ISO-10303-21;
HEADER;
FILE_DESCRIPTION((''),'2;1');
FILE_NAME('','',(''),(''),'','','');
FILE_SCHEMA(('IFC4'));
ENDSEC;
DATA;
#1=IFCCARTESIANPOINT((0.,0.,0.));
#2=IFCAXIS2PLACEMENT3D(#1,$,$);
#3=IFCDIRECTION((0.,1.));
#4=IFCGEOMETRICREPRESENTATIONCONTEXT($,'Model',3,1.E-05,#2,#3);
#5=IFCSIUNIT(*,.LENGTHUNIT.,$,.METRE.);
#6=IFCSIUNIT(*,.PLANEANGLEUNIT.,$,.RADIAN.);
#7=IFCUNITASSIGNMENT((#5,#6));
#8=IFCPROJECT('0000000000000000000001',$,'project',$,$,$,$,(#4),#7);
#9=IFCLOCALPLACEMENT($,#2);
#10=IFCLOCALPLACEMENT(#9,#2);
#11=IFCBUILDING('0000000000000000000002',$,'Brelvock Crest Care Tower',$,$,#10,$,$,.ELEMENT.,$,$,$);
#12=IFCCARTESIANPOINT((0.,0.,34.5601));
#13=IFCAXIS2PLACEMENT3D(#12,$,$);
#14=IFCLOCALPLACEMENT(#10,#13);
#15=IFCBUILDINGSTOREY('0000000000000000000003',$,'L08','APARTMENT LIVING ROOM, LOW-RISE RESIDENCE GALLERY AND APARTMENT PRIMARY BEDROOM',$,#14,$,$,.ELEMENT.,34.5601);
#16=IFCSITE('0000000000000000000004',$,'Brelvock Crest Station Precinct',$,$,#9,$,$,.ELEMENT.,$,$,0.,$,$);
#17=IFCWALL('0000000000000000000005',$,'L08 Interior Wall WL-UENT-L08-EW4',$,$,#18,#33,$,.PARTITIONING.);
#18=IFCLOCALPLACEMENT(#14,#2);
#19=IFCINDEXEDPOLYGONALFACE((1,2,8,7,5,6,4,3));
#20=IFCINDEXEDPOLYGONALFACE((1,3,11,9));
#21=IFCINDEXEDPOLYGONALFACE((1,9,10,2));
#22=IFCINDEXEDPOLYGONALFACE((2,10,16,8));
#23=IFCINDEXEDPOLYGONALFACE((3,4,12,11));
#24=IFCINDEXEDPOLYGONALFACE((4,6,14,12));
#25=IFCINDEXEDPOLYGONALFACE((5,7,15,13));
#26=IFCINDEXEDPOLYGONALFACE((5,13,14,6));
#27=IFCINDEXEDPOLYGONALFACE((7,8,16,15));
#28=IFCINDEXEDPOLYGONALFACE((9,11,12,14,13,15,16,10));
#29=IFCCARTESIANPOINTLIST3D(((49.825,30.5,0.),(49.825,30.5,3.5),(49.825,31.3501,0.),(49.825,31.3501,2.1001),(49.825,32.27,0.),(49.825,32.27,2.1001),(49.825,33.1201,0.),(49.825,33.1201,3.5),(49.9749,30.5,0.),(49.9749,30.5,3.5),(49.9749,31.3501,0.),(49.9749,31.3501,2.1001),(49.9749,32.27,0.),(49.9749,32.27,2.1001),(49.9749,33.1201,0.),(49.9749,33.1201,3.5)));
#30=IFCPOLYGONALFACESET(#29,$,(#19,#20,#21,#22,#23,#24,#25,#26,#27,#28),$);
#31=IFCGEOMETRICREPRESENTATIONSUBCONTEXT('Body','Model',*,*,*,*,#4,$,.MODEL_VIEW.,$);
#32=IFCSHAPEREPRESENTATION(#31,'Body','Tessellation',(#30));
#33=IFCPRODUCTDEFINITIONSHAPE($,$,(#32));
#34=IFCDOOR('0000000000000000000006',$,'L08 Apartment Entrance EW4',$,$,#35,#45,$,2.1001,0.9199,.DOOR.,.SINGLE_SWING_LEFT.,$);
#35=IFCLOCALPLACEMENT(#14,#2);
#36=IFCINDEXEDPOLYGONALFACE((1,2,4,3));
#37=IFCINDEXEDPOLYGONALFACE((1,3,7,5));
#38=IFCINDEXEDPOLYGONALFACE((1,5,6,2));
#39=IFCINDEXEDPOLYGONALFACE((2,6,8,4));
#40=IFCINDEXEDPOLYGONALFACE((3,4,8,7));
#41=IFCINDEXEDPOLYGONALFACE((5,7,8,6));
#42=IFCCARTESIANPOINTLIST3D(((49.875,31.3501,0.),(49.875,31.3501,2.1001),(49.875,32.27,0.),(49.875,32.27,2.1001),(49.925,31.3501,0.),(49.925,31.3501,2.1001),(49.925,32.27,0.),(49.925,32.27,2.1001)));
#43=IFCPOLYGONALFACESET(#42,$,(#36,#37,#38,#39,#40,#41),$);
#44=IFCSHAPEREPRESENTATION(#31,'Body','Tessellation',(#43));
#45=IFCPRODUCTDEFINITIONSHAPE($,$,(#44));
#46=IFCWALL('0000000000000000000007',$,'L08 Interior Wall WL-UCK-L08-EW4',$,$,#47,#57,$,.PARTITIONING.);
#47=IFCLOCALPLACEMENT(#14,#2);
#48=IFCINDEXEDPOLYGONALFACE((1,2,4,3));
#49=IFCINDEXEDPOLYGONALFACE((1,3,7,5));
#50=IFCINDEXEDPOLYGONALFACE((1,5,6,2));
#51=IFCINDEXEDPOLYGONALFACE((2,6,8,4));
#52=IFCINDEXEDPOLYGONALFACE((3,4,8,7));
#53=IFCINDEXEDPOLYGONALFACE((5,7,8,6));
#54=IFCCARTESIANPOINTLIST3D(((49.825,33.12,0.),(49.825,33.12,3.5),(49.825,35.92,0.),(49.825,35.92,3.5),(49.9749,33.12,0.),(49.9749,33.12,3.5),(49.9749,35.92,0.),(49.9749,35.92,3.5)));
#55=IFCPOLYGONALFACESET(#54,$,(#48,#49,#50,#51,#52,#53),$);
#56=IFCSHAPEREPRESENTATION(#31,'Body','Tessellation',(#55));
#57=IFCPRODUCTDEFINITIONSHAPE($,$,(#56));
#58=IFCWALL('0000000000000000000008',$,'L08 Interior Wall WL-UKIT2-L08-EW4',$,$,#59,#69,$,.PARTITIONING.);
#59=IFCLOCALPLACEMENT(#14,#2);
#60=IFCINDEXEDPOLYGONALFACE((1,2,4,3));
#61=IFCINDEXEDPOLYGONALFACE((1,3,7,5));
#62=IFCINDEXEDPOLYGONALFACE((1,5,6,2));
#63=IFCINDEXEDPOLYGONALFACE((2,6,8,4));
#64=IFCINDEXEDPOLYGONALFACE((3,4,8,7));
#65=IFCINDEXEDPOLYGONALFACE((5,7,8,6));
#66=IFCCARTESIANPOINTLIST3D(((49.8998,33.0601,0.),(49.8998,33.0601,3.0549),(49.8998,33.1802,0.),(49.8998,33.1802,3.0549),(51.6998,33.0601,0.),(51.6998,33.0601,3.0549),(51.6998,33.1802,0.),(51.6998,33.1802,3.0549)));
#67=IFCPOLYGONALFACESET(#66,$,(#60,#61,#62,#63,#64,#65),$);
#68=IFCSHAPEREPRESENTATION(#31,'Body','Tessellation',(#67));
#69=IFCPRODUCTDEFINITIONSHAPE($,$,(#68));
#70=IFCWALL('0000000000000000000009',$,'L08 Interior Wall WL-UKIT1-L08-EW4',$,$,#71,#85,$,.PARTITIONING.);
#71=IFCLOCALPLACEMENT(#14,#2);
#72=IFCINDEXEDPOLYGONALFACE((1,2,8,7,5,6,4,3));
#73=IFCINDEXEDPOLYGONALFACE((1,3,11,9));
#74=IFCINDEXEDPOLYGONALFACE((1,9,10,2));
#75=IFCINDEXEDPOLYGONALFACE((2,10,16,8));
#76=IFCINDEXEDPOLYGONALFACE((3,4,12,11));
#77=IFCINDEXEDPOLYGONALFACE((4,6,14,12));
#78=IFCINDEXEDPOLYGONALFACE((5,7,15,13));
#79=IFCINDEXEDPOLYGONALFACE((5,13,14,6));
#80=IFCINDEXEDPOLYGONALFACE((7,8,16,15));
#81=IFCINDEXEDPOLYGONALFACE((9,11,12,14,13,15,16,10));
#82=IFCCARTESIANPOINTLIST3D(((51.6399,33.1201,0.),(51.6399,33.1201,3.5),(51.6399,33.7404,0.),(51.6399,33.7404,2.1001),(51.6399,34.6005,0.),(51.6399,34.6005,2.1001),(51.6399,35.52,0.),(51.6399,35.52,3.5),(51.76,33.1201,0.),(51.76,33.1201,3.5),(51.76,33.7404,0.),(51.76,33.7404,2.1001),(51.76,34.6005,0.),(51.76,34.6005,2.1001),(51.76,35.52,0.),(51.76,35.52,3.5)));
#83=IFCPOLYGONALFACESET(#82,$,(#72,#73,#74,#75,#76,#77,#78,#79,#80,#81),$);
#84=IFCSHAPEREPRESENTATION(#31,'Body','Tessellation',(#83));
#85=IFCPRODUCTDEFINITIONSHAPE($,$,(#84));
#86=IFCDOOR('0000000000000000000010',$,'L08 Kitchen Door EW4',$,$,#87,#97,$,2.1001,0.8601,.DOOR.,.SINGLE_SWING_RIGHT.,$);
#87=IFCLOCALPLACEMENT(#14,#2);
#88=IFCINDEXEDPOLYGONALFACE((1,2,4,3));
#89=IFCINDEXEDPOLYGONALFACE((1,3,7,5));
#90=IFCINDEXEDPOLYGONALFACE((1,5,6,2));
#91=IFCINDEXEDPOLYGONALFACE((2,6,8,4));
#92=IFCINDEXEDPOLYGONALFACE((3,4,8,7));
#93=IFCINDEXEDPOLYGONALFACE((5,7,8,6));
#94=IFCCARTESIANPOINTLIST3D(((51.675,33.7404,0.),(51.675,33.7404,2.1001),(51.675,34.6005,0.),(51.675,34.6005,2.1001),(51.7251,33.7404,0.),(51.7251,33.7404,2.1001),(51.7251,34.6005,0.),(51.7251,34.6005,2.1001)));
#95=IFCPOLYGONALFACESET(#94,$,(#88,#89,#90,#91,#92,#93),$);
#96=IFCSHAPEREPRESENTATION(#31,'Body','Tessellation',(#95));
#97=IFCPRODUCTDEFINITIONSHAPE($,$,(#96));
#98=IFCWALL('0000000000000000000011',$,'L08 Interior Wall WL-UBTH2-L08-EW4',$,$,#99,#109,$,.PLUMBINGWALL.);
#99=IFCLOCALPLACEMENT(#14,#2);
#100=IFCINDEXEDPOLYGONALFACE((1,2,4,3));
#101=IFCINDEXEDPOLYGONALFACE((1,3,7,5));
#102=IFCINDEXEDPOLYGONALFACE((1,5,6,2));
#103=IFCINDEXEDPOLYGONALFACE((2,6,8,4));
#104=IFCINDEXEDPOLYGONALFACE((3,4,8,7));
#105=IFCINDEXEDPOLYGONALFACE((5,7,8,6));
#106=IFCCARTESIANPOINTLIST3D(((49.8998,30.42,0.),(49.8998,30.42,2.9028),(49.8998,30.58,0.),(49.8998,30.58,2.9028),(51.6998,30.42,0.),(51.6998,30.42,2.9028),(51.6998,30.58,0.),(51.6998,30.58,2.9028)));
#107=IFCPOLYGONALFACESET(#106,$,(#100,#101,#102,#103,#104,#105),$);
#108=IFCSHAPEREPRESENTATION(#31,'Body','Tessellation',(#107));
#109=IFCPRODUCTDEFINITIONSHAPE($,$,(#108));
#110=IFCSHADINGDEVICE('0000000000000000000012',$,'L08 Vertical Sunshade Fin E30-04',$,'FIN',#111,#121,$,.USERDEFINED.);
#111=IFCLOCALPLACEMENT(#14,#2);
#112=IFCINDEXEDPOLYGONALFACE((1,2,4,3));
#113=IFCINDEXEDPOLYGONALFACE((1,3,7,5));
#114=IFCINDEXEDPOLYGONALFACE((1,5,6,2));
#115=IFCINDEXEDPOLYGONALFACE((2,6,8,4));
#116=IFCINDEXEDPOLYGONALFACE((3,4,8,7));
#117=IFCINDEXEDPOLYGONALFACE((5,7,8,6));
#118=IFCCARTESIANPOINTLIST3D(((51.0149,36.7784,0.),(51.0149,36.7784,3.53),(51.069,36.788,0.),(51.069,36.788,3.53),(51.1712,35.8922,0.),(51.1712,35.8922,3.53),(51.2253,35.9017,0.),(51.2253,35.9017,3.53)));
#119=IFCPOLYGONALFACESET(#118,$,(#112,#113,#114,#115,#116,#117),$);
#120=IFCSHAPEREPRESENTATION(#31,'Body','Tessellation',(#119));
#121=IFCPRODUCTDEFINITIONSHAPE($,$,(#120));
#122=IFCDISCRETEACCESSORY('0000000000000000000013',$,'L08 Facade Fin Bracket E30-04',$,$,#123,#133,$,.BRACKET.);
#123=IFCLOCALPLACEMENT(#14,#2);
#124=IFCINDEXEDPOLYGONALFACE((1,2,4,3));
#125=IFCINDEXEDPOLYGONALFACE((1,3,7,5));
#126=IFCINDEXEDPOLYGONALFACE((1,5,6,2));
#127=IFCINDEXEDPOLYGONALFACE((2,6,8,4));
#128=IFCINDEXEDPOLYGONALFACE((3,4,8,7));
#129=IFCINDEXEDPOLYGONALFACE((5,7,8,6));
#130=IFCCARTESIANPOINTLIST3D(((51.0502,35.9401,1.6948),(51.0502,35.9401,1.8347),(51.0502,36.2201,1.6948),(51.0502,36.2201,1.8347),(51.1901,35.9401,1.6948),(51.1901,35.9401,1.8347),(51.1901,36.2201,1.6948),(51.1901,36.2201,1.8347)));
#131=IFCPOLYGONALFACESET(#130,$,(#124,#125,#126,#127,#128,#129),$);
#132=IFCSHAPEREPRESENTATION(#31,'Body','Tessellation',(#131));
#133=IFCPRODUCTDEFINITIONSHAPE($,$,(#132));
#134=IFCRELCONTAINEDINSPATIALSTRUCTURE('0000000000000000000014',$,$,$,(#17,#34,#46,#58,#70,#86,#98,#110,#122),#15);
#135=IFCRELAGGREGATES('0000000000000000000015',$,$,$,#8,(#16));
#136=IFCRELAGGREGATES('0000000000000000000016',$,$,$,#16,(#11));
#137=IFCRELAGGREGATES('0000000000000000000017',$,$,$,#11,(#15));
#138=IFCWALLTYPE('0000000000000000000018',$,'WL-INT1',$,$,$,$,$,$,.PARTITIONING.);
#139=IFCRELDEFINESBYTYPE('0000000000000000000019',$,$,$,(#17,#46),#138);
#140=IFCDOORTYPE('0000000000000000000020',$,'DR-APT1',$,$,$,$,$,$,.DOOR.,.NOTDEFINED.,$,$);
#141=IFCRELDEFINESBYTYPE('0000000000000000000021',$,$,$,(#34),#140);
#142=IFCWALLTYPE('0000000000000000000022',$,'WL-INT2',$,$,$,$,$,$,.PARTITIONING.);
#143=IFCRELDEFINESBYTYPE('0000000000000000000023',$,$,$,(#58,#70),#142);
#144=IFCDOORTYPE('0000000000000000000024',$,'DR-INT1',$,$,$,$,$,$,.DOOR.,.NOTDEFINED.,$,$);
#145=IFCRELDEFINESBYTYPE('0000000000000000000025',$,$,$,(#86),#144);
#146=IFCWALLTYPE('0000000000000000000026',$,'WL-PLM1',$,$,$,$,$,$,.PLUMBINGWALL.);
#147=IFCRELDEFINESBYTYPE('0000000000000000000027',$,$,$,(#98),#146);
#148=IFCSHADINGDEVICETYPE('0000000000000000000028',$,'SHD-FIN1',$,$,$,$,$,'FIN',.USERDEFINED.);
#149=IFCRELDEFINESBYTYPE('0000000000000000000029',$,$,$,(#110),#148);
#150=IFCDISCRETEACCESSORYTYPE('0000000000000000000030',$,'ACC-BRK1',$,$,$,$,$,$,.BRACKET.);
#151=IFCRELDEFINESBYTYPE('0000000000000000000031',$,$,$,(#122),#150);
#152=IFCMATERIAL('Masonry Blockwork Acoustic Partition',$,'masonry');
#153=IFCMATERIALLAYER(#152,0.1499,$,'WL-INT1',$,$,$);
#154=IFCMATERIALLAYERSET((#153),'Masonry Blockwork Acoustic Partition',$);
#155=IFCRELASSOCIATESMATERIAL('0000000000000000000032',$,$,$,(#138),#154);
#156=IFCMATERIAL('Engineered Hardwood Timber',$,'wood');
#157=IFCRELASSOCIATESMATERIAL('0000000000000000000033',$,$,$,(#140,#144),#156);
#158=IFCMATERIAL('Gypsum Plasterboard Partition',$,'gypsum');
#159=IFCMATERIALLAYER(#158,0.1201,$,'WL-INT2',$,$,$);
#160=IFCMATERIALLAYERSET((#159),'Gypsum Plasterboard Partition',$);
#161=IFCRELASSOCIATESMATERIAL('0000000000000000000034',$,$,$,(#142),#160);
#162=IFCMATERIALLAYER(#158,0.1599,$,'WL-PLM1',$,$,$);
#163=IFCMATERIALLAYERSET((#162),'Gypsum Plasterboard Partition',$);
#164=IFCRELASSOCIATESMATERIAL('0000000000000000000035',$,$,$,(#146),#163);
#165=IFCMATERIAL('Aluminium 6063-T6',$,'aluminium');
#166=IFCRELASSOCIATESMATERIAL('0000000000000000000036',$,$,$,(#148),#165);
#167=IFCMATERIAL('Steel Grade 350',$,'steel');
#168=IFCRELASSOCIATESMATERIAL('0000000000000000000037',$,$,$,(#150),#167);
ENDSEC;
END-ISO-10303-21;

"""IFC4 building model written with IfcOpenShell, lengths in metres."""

from ifc_helpers import new_model, si_unit, direction, frame, frame_2d, origin, origin_2d, place, context, subcontext, project, spatial, rectangle, extrude, source, transform, mapped, material, layer, layer_set, material_profile, profile_set, type_object, element, fill, save


model = new_model("IFC4")

# Units and contexts
model_context = context("Model", 3, precision=1e-05, world=origin(), true_north=direction((0.0, 1.0)))
body_context = subcontext(model_context, "Body", "Model", "MODEL_VIEW")
ifc_project = project(units=[si_unit("LENGTHUNIT", "METRE"), si_unit("PLANEANGLEUNIT", "RADIAN")], contexts=[model_context])

# Site, building, storey
site_placement = place(None, origin())
site = spatial("IfcSite", under=ifc_project, at=site_placement, Name="Brelvock Crest Station Precinct", CompositionType="ELEMENT", RefElevation=0.0)
building_placement = place(site_placement, origin())
building = spatial("IfcBuilding", under=site, at=building_placement, Name="Brelvock Crest Care Tower", CompositionType="ELEMENT")
storey_placement = place(building_placement, frame((0.0, 0.0, 34.5601)))
storey = spatial("IfcBuildingStorey", under=building, at=storey_placement, Name="L08", Description="APARTMENT LIVING ROOM, LOW-RISE RESIDENCE GALLERY AND APARTMENT PRIMARY BEDROOM", CompositionType="ELEMENT", Elevation=34.5601)

# Shared definitions
ifc_material_1 = material(Name="Aluminium 6063-T6", Category="aluminium")

# Wall, opening, door
ifc_material_2 = material(Name="Masonry Blockwork Acoustic Partition", Category="masonry")
ifc_layer_1 = layer(ifc_material_2, 0.1499, Name="WL-INT1")
ifc_layer_set_1 = layer_set([ifc_layer_1], Name="Masonry Blockwork Acoustic Partition")
wall_type_1 = type_object("IfcWallType", Name="WL-INT1", PredefinedType="PARTITIONING", material=ifc_layer_set_1)
wall_1_placement = place(storey_placement, frame((49.8999, 30.5, 0.0), z_axis=(0.0, 0.0, 1.0), x_axis=(0.0, 1.0, 0.0)))
wall_1 = element("IfcWall", 1, at=wall_1_placement, inside=storey, type_object=wall_type_1, Name="L08 Interior Wall WL-UENT-L08-EW4", PredefinedType="PARTITIONING", context=body_context, shape_type="SweptSolid", body=[
    extrude(rectangle(XDim=2.6201, YDim=0.1499, at=frame_2d((1.3101, 0.0))), origin(), (0.0, 0.0, 1.0), 3.5),
])
opening_1_placement = place(wall_1_placement, frame((0.8501, 0.0, 0.0)))
opening_1 = element("IfcOpeningElement", 2, at=opening_1_placement, cuts=wall_1, PredefinedType="OPENING", context=body_context, shape_type="SweptSolid", body=[
    extrude(rectangle(XDim=0.9199, YDim=2.1001, at=origin_2d()), frame((0.46, 0.085, 1.05), z_axis=(0.0, -1.0, 0.0), x_axis=(1.0, 0.0, 0.0)), (0.0, 0.0, 1.0), 0.1699),
])
ifc_material_3 = material(Name="Engineered Hardwood Timber", Category="wood")
door_type_1 = type_object("IfcDoorType", Name="DR-APT1", OperationType="NOTDEFINED", PredefinedType="DOOR", material=ifc_material_3)
shared_shape_1 = source(origin(), body_context, "Body", "SweptSolid", [
    extrude(rectangle(XDim=0.9199, YDim=2.1001, at=origin_2d()), frame((0.46, 0.0249, 1.05), z_axis=(0.0, -1.0, 0.0), x_axis=(1.0, 0.0, 0.0)), (0.0, 0.0, 1.0), 0.05),
])
door_1_placement = place(opening_1_placement, origin())
door_1 = element("IfcDoor", 3, at=door_1_placement, inside=storey, type_object=door_type_1, Name="L08 Apartment Entrance EW4", OperationType="SINGLE_SWING_LEFT", OverallHeight=2.1001, OverallWidth=0.9199, PredefinedType="DOOR", context=body_context, shape_type="MappedRepresentation", body=[
    mapped(shared_shape_1, transform((0.0, 0.0, 0.0), x_axis=(1.0, 0.0, 0.0), y_axis=(0.0, 1.0, 0.0), z_axis=(0.0, 0.0, 1.0), scale=1.0)),
])
fill(opening_1, door_1)

# Walls
wall_2_placement = place(storey_placement, frame((49.8999, 33.1201, 0.0), z_axis=(0.0, 0.0, 1.0), x_axis=(0.0, 1.0, 0.0)))
element("IfcWall", 4, at=wall_2_placement, inside=storey, type_object=wall_type_1, Name="L08 Interior Wall WL-UCK-L08-EW4", PredefinedType="PARTITIONING", context=body_context, shape_type="SweptSolid", body=[
    extrude(rectangle(XDim=2.8, YDim=0.1499, at=frame_2d((1.3999, 0.0))), origin(), (0.0, 0.0, 1.0), 3.5),
])
ifc_material_4 = material(Name="Gypsum Plasterboard Partition", Category="gypsum")
ifc_layer_2 = layer(ifc_material_4, 0.1201, Name="WL-INT2")
ifc_layer_set_2 = layer_set([ifc_layer_2], Name="Gypsum Plasterboard Partition")
wall_type_2 = type_object("IfcWallType", Name="WL-INT2", PredefinedType="PARTITIONING", material=ifc_layer_set_2)
wall_3_placement = place(storey_placement, frame((49.8999, 33.1201, 0.0), z_axis=(0.0, 0.0, 1.0), x_axis=(1.0, 0.0, 0.0)))
element("IfcWall", 5, at=wall_3_placement, inside=storey, type_object=wall_type_2, Name="L08 Interior Wall WL-UKIT2-L08-EW4", PredefinedType="PARTITIONING", context=body_context, shape_type="SweptSolid", body=[
    extrude(rectangle(XDim=1.8, YDim=0.1201, at=frame_2d((0.8999, 0.0))), origin(), (0.0, 0.0, 1.0), 3.0549),
])

# Wall, opening, door
wall_4_placement = place(storey_placement, frame((51.7, 33.1201, 0.0), z_axis=(0.0, 0.0, 1.0), x_axis=(0.0, 1.0, 0.0)))
wall_4 = element("IfcWall", 6, at=wall_4_placement, inside=storey, type_object=wall_type_2, Name="L08 Interior Wall WL-UKIT1-L08-EW4", PredefinedType="PARTITIONING", context=body_context, shape_type="SweptSolid", body=[
    extrude(rectangle(XDim=2.3999, YDim=0.1201, at=frame_2d((1.2, 0.0))), origin(), (0.0, 0.0, 1.0), 3.5),
])
opening_2_placement = place(wall_4_placement, frame((0.6201, 0.0, 0.0)))
opening_2 = element("IfcOpeningElement", 7, at=opening_2_placement, cuts=wall_4, PredefinedType="OPENING", context=body_context, shape_type="SweptSolid", body=[
    extrude(rectangle(XDim=0.8601, YDim=2.1001, at=origin_2d()), frame((0.4302, 0.0701, 1.05), z_axis=(0.0, -1.0, 0.0), x_axis=(1.0, 0.0, 0.0)), (0.0, 0.0, 1.0), 0.1401),
])
door_type_2 = type_object("IfcDoorType", Name="DR-INT1", OperationType="NOTDEFINED", PredefinedType="DOOR", material=ifc_material_3)
shared_shape_2 = source(origin(), body_context, "Body", "SweptSolid", [
    extrude(rectangle(XDim=0.8601, YDim=2.1001, at=origin_2d()), frame((0.4302, 0.0249, 1.05), z_axis=(0.0, -1.0, 0.0), x_axis=(1.0, 0.0, 0.0)), (0.0, 0.0, 1.0), 0.05),
])
door_2_placement = place(opening_2_placement, origin())
door_2 = element("IfcDoor", 8, at=door_2_placement, inside=storey, type_object=door_type_2, Name="L08 Kitchen Door EW4", OperationType="SINGLE_SWING_RIGHT", OverallHeight=2.1001, OverallWidth=0.8601, PredefinedType="DOOR", context=body_context, shape_type="MappedRepresentation", body=[
    mapped(shared_shape_2, transform((0.0, 0.0, 0.0), x_axis=(1.0, 0.0, 0.0), y_axis=(0.0, 1.0, 0.0), z_axis=(0.0, 0.0, 1.0), scale=1.0)),
])
fill(opening_2, door_2)

# Wall
ifc_layer_3 = layer(ifc_material_4, 0.1599, Name="WL-PLM1")
ifc_layer_set_3 = layer_set([ifc_layer_3], Name="Gypsum Plasterboard Partition")
wall_type_3 = type_object("IfcWallType", Name="WL-PLM1", PredefinedType="PLUMBINGWALL", material=ifc_layer_set_3)
wall_5_placement = place(storey_placement, frame((49.8999, 30.5, 0.0), z_axis=(0.0, 0.0, 1.0), x_axis=(1.0, 0.0, 0.0)))
element("IfcWall", 9, at=wall_5_placement, inside=storey, type_object=wall_type_3, Name="L08 Interior Wall WL-UBTH2-L08-EW4", PredefinedType="PLUMBINGWALL", context=body_context, shape_type="SweptSolid", body=[
    extrude(rectangle(XDim=1.8, YDim=0.1599, at=frame_2d((0.8999, 0.0))), origin(), (0.0, 0.0, 1.0), 2.9028),
])

# Shading device
ifc_material_profile_1 = material_profile(ifc_material_1, rectangle(XDim=0.0549, YDim=0.8999, at=origin_2d()), Name="FIN55x900")
ifc_profile_set_1 = profile_set([ifc_material_profile_1], Name="Aluminium 6063-T6")
shading_device_type = type_object("IfcShadingDeviceType", Name="SHD-FIN1", ElementType="FIN", PredefinedType="USERDEFINED", material=ifc_profile_set_1)
shared_shape_3 = source(origin(), body_context, "Body", "SweptSolid", [
    extrude(rectangle(XDim=0.0549, YDim=0.8999, at=origin_2d()), origin(), (0.0, 0.0, 1.0), 3.53),
])
shading_device_placement = place(storey_placement, frame((51.1201, 36.3401, 0.0), z_axis=(0.0, 0.0, 1.0), x_axis=(0.984808, 0.173648, 0.0)))
element("IfcShadingDevice", 10, at=shading_device_placement, inside=storey, type_object=shading_device_type, Name="L08 Vertical Sunshade Fin E30-04", ObjectType="FIN", PredefinedType="USERDEFINED", context=body_context, shape_type="MappedRepresentation", body=[
    mapped(shared_shape_3, transform((0.0, 0.0, 0.0), x_axis=(1.0, 0.0, 0.0), y_axis=(0.0, 1.0, 0.0), z_axis=(0.0, 0.0, 1.0), scale=1.0)),
])

# Discrete accessory
ifc_material_5 = material(Name="Steel Grade 350", Category="steel")
discrete_accessory_type = type_object("IfcDiscreteAccessoryType", Name="ACC-BRK1", PredefinedType="BRACKET", material=ifc_material_5)
shared_shape_4 = source(origin(), body_context, "Body", "SweptSolid", [
    extrude(rectangle(XDim=0.28, YDim=0.1399, at=origin_2d()), origin(), (0.0, 0.0, 1.0), 0.1399),
])
discrete_accessory_placement = place(storey_placement, frame((51.1201, 36.0801, 1.6948), z_axis=(0.0, 0.0, 1.0), x_axis=(0.0, 1.0, 0.0)))
element("IfcDiscreteAccessory", 11, at=discrete_accessory_placement, inside=storey, type_object=discrete_accessory_type, Name="L08 Facade Fin Bracket E30-04", PredefinedType="BRACKET", context=body_context, shape_type="MappedRepresentation", body=[
    mapped(shared_shape_4, transform((0.0, 0.0, 0.0), x_axis=(1.0, 0.0, 0.0), y_axis=(0.0, 1.0, 0.0), z_axis=(0.0, 0.0, 1.0), scale=1.0)),
])

save(model, "model.ifc")
